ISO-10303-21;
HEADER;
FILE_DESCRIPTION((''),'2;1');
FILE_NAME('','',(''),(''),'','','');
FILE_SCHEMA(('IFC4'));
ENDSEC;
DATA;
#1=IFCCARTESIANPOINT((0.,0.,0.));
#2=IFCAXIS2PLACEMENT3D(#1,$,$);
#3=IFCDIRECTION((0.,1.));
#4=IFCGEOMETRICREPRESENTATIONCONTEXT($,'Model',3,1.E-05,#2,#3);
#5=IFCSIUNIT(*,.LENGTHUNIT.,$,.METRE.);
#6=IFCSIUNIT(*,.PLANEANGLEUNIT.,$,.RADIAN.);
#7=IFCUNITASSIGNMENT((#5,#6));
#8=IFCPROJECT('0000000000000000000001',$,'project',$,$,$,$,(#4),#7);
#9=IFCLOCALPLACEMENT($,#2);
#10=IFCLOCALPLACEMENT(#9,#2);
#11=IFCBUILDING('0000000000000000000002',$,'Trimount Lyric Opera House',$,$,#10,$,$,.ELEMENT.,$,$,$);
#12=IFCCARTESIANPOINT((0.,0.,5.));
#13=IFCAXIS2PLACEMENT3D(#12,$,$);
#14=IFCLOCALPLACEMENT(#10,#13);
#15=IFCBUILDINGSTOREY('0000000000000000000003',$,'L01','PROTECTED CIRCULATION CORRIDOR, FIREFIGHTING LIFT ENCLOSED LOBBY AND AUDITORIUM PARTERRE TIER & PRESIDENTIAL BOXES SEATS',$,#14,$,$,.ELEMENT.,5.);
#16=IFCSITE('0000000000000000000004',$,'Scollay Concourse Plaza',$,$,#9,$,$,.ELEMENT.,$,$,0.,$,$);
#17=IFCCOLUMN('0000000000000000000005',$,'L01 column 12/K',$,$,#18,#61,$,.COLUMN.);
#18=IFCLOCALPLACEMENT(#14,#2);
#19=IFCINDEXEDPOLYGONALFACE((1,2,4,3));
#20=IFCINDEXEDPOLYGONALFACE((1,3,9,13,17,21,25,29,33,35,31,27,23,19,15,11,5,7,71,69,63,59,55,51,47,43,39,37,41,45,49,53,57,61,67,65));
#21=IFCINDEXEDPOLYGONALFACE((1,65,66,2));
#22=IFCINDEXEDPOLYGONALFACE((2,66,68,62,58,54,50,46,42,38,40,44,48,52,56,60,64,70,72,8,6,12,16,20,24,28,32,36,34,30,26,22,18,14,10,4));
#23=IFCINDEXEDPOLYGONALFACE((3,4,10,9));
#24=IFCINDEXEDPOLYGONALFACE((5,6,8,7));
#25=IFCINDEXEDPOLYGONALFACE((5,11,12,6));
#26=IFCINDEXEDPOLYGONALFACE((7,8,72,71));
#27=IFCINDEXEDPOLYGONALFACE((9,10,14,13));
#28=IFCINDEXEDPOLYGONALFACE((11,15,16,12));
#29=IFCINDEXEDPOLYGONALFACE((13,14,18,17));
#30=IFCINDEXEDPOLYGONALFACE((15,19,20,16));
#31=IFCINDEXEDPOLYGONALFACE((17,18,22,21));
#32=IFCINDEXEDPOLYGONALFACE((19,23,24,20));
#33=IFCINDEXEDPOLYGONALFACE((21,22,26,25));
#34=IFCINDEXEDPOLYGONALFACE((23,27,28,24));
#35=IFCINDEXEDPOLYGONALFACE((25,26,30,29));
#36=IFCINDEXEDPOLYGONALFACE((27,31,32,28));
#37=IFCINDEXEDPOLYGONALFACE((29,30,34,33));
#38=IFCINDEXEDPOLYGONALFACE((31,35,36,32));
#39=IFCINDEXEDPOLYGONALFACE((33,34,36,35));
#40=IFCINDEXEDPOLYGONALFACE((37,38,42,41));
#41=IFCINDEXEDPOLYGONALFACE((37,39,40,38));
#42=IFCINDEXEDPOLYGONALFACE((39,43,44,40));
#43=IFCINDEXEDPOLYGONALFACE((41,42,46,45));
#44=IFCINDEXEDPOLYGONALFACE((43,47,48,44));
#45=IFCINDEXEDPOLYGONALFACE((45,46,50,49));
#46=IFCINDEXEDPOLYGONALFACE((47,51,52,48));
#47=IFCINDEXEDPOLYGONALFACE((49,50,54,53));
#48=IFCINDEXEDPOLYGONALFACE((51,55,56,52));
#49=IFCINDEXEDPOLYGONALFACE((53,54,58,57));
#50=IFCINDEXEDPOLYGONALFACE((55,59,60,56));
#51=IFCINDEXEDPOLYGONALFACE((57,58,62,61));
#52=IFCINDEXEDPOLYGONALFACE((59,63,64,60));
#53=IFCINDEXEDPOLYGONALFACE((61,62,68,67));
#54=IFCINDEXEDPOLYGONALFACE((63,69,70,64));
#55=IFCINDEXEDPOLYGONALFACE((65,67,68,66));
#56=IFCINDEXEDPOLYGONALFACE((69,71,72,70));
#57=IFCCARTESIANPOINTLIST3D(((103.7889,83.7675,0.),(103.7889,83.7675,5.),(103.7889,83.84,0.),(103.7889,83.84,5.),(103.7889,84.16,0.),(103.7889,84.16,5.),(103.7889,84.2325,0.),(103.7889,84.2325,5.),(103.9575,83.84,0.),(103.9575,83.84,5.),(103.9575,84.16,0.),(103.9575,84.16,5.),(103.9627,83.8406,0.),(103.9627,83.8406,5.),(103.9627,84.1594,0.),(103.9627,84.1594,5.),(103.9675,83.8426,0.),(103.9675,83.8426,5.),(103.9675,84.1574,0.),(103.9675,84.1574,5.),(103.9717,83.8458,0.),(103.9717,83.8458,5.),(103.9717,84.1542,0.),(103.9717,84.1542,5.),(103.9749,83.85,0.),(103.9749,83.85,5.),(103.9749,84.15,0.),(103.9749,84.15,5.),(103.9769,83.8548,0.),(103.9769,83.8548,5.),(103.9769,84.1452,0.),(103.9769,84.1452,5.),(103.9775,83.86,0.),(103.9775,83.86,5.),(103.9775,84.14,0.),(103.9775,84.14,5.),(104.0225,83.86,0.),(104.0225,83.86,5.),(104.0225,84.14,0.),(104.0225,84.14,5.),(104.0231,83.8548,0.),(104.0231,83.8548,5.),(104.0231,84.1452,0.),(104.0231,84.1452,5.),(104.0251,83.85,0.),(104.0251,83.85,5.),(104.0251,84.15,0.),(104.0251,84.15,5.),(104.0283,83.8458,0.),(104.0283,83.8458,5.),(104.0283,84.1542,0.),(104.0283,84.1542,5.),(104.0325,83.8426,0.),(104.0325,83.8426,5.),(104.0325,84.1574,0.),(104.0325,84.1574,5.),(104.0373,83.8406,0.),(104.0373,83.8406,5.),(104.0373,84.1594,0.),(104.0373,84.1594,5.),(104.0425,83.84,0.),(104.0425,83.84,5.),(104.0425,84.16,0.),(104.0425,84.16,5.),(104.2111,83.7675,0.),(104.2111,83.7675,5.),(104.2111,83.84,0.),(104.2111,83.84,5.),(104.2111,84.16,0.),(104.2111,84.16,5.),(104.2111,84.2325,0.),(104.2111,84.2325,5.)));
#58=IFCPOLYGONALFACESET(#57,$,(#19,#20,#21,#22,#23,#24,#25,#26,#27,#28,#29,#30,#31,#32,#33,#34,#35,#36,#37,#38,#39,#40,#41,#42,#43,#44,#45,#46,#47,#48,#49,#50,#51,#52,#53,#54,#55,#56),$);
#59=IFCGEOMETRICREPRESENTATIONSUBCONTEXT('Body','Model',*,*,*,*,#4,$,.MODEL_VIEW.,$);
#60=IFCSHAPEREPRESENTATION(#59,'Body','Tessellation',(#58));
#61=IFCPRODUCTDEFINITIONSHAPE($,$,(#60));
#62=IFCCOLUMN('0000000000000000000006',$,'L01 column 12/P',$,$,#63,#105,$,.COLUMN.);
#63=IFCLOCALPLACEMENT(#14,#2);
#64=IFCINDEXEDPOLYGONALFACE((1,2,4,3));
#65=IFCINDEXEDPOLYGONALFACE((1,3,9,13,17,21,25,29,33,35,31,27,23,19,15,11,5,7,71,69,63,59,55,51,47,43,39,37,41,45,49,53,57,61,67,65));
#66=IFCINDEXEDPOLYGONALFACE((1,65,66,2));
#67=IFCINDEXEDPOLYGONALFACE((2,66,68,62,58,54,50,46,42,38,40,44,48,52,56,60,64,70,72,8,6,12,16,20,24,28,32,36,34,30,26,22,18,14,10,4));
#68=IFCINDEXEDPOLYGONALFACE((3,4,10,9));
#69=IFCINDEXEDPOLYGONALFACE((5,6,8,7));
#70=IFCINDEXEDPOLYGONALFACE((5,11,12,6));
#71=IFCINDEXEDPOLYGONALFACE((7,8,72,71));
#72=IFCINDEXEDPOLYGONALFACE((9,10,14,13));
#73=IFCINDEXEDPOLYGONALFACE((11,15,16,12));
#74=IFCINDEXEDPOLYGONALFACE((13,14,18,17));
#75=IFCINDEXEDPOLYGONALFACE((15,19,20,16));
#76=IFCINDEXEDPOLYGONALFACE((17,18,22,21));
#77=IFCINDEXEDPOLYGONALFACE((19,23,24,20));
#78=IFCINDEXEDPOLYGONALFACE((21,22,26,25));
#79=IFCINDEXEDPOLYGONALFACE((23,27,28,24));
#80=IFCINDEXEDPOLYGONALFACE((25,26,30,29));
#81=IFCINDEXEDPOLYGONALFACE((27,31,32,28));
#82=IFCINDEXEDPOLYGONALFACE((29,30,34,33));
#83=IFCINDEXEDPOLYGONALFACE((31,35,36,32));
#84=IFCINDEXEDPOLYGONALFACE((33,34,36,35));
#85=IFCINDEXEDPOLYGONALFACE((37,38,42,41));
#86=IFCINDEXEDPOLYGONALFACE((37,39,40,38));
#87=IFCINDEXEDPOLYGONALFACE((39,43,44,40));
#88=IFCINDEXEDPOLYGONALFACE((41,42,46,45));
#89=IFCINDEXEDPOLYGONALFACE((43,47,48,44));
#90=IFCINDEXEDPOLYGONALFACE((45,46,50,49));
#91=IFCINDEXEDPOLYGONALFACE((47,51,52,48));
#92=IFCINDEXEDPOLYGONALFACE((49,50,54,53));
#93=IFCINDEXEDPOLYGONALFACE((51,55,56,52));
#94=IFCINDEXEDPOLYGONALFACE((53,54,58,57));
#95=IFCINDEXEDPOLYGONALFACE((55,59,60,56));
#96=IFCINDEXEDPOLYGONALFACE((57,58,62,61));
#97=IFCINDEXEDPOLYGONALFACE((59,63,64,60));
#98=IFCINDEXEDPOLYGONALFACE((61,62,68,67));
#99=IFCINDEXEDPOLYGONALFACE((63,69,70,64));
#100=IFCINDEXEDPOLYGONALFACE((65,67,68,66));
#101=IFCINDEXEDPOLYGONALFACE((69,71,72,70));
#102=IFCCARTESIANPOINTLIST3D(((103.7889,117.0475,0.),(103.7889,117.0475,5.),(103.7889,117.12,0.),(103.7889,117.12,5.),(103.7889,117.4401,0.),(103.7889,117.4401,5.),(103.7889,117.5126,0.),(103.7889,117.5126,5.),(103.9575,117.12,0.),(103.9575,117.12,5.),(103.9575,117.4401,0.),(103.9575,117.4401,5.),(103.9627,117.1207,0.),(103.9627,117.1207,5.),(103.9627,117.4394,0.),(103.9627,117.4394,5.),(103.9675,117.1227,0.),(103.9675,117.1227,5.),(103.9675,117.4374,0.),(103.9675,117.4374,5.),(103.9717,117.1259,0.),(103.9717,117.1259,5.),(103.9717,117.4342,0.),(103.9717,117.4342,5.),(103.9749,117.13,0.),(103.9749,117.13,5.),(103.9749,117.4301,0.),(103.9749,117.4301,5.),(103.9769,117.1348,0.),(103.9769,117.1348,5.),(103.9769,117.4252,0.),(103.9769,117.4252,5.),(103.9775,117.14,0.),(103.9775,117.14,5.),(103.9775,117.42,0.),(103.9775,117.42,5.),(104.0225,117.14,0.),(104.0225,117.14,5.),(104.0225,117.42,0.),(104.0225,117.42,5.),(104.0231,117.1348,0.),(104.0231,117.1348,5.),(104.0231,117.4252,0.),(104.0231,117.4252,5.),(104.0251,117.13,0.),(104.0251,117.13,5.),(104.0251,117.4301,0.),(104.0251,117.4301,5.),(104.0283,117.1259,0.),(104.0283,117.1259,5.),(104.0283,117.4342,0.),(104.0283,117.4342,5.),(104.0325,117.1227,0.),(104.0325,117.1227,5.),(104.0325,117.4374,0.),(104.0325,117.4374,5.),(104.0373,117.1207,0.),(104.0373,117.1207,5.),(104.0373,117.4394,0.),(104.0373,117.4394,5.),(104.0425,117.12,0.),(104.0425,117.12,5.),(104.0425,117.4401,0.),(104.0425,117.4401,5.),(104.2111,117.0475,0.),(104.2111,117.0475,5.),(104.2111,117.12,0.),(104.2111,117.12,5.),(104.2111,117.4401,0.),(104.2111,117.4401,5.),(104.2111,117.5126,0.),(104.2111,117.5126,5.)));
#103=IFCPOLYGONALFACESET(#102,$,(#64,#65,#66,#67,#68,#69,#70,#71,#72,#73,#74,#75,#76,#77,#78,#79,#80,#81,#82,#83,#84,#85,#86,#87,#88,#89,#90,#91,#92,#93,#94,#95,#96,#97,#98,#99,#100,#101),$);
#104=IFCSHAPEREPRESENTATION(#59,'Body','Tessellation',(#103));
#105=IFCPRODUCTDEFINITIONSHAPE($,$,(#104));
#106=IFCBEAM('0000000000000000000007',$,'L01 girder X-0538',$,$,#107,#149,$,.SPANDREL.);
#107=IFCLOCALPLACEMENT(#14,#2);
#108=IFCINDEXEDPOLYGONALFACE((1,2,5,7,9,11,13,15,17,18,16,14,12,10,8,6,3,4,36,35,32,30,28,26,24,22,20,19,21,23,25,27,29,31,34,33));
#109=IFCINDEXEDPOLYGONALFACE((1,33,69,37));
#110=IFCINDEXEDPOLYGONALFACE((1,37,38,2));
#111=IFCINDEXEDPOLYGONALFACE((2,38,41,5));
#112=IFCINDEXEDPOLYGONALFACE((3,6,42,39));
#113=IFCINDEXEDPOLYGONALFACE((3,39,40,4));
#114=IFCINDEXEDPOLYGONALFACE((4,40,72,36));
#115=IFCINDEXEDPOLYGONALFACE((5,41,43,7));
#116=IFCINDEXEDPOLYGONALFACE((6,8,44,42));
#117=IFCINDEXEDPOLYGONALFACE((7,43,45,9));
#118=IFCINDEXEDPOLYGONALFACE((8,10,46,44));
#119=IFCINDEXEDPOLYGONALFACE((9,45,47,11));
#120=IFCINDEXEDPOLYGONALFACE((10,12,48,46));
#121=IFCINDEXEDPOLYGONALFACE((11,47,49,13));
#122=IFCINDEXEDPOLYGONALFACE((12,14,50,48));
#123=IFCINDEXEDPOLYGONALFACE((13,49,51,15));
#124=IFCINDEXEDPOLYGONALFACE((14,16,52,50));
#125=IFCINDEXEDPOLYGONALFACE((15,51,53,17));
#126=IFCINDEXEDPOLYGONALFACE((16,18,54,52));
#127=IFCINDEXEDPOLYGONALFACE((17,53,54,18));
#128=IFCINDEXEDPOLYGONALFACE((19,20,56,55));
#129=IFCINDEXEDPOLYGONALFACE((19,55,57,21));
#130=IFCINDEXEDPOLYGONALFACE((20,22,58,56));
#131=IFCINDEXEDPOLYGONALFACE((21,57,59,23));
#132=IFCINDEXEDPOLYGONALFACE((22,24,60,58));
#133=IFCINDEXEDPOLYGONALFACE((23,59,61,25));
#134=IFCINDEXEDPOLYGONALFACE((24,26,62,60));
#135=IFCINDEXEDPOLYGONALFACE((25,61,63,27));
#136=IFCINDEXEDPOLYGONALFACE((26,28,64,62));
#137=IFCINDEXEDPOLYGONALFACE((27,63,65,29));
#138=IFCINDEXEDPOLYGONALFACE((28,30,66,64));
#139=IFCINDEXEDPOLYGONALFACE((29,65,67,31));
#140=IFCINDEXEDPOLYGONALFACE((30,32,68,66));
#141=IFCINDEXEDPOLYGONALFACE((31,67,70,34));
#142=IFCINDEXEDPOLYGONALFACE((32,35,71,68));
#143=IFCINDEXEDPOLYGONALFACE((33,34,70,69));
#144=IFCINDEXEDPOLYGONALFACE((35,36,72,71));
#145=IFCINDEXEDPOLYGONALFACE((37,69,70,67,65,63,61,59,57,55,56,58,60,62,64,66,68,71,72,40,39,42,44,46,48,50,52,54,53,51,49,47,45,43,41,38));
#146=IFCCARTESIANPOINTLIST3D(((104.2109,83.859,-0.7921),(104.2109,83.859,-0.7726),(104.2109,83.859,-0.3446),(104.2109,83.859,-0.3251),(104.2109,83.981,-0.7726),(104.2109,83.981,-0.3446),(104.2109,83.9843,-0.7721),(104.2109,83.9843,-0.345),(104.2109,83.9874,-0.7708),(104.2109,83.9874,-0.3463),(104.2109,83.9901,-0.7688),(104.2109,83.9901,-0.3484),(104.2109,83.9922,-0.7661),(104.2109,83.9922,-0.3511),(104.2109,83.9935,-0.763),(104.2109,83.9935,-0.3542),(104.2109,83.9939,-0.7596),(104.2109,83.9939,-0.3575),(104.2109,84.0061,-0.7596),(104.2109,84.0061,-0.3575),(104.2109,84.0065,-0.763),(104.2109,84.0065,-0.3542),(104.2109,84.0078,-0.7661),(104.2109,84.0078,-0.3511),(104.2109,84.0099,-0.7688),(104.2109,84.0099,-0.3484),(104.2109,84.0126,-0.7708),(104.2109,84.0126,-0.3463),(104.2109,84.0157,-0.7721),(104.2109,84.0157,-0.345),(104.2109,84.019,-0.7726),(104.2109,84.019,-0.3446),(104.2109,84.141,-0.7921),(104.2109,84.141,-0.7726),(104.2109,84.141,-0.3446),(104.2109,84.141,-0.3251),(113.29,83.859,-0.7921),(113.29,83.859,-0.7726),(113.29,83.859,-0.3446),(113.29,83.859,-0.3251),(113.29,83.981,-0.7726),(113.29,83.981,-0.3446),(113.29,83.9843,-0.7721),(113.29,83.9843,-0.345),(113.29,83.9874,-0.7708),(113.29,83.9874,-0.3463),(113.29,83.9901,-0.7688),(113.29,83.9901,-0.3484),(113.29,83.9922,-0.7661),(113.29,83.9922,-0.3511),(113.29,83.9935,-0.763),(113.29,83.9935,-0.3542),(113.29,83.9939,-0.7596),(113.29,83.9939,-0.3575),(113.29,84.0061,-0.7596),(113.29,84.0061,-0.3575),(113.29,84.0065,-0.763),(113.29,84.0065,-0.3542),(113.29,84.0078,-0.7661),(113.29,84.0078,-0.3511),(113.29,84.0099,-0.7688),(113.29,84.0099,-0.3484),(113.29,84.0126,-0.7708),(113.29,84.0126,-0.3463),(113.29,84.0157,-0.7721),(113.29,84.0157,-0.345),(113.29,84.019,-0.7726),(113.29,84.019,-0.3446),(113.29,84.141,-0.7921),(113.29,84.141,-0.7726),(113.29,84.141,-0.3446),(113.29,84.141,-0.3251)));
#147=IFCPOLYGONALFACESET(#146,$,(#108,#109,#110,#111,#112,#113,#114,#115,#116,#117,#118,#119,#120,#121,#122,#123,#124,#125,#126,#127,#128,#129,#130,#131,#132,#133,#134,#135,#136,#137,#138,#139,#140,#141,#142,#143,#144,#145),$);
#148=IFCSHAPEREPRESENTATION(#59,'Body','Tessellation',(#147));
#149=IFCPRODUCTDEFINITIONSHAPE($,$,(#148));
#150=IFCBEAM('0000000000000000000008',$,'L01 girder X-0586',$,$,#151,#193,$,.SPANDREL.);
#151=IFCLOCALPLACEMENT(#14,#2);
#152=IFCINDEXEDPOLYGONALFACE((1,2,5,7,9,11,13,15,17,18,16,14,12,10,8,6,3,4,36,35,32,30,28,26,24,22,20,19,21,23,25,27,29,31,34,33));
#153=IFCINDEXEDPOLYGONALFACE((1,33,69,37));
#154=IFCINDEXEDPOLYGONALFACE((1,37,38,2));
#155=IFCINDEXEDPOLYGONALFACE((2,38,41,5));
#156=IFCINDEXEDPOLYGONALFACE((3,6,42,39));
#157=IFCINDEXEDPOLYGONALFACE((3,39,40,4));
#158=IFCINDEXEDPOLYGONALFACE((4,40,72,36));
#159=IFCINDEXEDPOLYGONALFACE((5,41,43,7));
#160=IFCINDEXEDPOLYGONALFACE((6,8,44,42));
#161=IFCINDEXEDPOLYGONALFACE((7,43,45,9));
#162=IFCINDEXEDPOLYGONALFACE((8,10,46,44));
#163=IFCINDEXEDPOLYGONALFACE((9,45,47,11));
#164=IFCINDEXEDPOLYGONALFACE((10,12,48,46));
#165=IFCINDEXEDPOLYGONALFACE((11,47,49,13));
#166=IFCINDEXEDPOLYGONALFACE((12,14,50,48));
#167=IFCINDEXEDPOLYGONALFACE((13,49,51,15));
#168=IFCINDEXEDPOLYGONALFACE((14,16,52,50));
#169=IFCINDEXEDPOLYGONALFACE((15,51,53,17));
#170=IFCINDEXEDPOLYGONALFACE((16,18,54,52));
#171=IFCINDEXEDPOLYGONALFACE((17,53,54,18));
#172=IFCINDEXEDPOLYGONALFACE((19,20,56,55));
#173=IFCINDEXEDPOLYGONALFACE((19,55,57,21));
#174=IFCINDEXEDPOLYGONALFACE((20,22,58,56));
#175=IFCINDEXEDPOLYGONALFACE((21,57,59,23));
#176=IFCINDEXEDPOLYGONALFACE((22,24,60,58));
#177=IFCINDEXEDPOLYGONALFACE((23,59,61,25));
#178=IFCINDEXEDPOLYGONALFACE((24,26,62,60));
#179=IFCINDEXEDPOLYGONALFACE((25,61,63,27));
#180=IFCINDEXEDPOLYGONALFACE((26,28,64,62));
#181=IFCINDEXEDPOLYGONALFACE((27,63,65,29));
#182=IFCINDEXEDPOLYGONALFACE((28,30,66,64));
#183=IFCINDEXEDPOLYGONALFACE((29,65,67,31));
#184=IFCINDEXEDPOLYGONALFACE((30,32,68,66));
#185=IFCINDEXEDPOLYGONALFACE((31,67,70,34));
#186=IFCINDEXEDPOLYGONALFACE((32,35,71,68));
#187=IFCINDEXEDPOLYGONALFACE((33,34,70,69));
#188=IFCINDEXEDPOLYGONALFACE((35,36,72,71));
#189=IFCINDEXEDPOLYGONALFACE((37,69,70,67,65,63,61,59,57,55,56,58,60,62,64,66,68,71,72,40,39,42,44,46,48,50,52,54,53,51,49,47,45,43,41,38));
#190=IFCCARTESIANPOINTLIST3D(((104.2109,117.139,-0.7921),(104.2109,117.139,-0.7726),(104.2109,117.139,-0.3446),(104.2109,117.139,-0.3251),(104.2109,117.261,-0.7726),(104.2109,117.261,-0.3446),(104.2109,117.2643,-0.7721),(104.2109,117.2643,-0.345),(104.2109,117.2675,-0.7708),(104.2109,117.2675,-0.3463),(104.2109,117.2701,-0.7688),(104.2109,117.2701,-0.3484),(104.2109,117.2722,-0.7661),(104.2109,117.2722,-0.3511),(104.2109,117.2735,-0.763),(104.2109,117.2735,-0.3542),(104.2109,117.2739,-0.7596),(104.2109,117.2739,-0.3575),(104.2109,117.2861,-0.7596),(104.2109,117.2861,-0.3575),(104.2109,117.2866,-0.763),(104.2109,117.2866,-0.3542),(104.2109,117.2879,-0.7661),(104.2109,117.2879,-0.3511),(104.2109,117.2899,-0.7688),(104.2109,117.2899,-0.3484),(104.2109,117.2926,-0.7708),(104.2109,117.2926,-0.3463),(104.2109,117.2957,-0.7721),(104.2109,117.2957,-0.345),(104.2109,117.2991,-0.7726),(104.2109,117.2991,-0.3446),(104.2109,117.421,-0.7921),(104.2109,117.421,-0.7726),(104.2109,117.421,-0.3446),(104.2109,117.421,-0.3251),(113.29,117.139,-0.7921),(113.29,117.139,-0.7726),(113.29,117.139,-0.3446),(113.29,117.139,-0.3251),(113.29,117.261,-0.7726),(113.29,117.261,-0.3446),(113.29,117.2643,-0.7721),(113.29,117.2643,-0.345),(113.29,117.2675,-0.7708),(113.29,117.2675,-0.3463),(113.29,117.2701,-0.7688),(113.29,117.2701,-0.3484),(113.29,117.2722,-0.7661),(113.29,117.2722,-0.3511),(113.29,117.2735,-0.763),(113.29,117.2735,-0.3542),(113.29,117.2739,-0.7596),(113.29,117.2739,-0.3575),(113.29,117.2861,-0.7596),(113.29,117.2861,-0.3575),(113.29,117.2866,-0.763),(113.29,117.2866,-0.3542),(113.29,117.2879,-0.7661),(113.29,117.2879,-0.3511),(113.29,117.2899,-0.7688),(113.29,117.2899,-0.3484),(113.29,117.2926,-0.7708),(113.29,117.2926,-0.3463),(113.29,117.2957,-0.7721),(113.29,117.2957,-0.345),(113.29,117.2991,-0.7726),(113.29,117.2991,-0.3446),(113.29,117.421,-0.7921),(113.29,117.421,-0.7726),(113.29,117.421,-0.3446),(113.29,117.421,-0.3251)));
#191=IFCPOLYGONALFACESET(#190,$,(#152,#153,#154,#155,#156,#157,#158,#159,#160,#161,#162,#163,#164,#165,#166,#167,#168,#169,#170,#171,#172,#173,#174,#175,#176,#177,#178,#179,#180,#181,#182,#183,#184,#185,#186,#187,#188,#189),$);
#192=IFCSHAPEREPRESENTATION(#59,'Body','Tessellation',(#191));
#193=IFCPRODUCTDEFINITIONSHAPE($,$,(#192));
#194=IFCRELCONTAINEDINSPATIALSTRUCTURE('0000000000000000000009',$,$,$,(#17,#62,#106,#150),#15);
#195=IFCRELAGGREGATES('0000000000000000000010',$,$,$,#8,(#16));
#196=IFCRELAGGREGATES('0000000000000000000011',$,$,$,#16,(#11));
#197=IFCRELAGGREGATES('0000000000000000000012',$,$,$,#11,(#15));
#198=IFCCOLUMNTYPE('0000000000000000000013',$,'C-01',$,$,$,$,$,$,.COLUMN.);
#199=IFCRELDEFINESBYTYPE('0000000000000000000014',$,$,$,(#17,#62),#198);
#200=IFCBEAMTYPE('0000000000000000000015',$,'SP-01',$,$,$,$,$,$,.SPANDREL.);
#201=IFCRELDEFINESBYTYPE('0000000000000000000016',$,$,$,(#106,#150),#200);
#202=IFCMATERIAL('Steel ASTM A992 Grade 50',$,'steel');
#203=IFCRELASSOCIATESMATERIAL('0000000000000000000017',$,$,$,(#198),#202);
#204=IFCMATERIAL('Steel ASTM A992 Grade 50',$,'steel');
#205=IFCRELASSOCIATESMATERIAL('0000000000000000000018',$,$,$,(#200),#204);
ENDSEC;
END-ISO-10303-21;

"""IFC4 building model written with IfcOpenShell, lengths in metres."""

from ifc_helpers import new_model, si_unit, direction, frame, origin, origin_2d, place, context, subcontext, project, spatial, i_section, extrude, material, material_profile, profile_set, type_object, element, save


model = new_model("IFC4")

# Units and contexts
model_context = context("Model", 3, precision=1e-05, world=origin(), true_north=direction((0.0, 1.0)))
body_context = subcontext(model_context, "Body", "Model", "MODEL_VIEW")
ifc_project = project(units=[si_unit("LENGTHUNIT", "METRE"), si_unit("PLANEANGLEUNIT", "RADIAN")], contexts=[model_context])

# Site, building, storey
site_placement = place(None, origin())
site = spatial("IfcSite", under=ifc_project, at=site_placement, Name="Scollay Concourse Plaza", CompositionType="ELEMENT", RefElevation=0.0)
building_placement = place(site_placement, origin())
building = spatial("IfcBuilding", under=site, at=building_placement, Name="Trimount Lyric Opera House", CompositionType="ELEMENT")
storey_placement = place(building_placement, frame((0.0, 0.0, 5.0)))
storey = spatial("IfcBuildingStorey", under=building, at=storey_placement, Name="L01", Description="PROTECTED CIRCULATION CORRIDOR, FIREFIGHTING LIFT ENCLOSED LOBBY AND AUDITORIUM PARTERRE TIER & PRESIDENTIAL BOXES SEATS", CompositionType="ELEMENT", Elevation=5.0)

# Columns
ifc_material_1 = material(Name="Steel ASTM A992 Grade 50", Category="steel")
ifc_material_profile_1 = material_profile(ifc_material_1, i_section(OverallWidth=0.4221, OverallDepth=0.4651, WebThickness=0.0449, FlangeThickness=0.0725, FilletRadius=0.02, at=origin_2d()), Name="W14X398")
ifc_profile_set_1 = profile_set([ifc_material_profile_1], Name="Steel ASTM A992 Grade 50")
column_type = type_object("IfcColumnType", Name="C-01", PredefinedType="COLUMN", material=ifc_profile_set_1)
for number, where, z_axis, x_axis, name in (
    (1, (104.0, 84.0, 0.0), (0.0, 0.0, 1.0), (1.0, 0.0, 0.0), "L01 column 12/K"),
    (2, (104.0, 117.28, 0.0), (0.0, 0.0, 1.0), (1.0, 0.0, 0.0), "L01 column 12/P"),
):
    element("IfcColumn", number, at=place(storey_placement, frame(where, z_axis=z_axis, x_axis=x_axis)), inside=storey, type_object=column_type, Name=name, PredefinedType="COLUMN", context=body_context, shape_type="SweptSolid", body=[
        extrude(i_section(OverallWidth=0.4221, OverallDepth=0.4651, WebThickness=0.0449, FlangeThickness=0.0725, FilletRadius=0.02, at=origin_2d()), origin(), (0.0, 0.0, 1.0), 5.0),
    ])

# Beams
ifc_material_2 = material(Name="Steel ASTM A992 Grade 50", Category="steel")
ifc_material_profile_2 = material_profile(ifc_material_2, i_section(OverallWidth=0.282, OverallDepth=0.467, WebThickness=0.0122, FlangeThickness=0.0195, FilletRadius=0.0129, at=origin_2d()), Name="W18X86")
ifc_profile_set_2 = profile_set([ifc_material_profile_2], Name="Steel ASTM A992 Grade 50")
beam_type_1 = type_object("IfcBeamType", Name="SP-01", PredefinedType="SPANDREL", material=ifc_profile_set_2)
for number, where, z_axis, x_axis, name in (
    (3, (104.2109, 84.0, -0.5586), (1.0, 0.0, 0.0), (0.0, 1.0, 0.0), "L01 girder X-0538"),
    (4, (104.2109, 117.28, -0.5586), (1.0, 0.0, 0.0), (0.0, 1.0, 0.0), "L01 girder X-0586"),
):
    element("IfcBeam", number, at=place(storey_placement, frame(where, z_axis=z_axis, x_axis=x_axis)), inside=storey, type_object=beam_type_1, Name=name, PredefinedType="SPANDREL", context=body_context, shape_type="SweptSolid", body=[
        extrude(i_section(OverallWidth=0.282, OverallDepth=0.467, WebThickness=0.0122, FlangeThickness=0.0195, FilletRadius=0.0129, at=origin_2d()), origin(), (0.0, 0.0, 1.0), 9.0791),
    ])

save(model, "model.ifc")
